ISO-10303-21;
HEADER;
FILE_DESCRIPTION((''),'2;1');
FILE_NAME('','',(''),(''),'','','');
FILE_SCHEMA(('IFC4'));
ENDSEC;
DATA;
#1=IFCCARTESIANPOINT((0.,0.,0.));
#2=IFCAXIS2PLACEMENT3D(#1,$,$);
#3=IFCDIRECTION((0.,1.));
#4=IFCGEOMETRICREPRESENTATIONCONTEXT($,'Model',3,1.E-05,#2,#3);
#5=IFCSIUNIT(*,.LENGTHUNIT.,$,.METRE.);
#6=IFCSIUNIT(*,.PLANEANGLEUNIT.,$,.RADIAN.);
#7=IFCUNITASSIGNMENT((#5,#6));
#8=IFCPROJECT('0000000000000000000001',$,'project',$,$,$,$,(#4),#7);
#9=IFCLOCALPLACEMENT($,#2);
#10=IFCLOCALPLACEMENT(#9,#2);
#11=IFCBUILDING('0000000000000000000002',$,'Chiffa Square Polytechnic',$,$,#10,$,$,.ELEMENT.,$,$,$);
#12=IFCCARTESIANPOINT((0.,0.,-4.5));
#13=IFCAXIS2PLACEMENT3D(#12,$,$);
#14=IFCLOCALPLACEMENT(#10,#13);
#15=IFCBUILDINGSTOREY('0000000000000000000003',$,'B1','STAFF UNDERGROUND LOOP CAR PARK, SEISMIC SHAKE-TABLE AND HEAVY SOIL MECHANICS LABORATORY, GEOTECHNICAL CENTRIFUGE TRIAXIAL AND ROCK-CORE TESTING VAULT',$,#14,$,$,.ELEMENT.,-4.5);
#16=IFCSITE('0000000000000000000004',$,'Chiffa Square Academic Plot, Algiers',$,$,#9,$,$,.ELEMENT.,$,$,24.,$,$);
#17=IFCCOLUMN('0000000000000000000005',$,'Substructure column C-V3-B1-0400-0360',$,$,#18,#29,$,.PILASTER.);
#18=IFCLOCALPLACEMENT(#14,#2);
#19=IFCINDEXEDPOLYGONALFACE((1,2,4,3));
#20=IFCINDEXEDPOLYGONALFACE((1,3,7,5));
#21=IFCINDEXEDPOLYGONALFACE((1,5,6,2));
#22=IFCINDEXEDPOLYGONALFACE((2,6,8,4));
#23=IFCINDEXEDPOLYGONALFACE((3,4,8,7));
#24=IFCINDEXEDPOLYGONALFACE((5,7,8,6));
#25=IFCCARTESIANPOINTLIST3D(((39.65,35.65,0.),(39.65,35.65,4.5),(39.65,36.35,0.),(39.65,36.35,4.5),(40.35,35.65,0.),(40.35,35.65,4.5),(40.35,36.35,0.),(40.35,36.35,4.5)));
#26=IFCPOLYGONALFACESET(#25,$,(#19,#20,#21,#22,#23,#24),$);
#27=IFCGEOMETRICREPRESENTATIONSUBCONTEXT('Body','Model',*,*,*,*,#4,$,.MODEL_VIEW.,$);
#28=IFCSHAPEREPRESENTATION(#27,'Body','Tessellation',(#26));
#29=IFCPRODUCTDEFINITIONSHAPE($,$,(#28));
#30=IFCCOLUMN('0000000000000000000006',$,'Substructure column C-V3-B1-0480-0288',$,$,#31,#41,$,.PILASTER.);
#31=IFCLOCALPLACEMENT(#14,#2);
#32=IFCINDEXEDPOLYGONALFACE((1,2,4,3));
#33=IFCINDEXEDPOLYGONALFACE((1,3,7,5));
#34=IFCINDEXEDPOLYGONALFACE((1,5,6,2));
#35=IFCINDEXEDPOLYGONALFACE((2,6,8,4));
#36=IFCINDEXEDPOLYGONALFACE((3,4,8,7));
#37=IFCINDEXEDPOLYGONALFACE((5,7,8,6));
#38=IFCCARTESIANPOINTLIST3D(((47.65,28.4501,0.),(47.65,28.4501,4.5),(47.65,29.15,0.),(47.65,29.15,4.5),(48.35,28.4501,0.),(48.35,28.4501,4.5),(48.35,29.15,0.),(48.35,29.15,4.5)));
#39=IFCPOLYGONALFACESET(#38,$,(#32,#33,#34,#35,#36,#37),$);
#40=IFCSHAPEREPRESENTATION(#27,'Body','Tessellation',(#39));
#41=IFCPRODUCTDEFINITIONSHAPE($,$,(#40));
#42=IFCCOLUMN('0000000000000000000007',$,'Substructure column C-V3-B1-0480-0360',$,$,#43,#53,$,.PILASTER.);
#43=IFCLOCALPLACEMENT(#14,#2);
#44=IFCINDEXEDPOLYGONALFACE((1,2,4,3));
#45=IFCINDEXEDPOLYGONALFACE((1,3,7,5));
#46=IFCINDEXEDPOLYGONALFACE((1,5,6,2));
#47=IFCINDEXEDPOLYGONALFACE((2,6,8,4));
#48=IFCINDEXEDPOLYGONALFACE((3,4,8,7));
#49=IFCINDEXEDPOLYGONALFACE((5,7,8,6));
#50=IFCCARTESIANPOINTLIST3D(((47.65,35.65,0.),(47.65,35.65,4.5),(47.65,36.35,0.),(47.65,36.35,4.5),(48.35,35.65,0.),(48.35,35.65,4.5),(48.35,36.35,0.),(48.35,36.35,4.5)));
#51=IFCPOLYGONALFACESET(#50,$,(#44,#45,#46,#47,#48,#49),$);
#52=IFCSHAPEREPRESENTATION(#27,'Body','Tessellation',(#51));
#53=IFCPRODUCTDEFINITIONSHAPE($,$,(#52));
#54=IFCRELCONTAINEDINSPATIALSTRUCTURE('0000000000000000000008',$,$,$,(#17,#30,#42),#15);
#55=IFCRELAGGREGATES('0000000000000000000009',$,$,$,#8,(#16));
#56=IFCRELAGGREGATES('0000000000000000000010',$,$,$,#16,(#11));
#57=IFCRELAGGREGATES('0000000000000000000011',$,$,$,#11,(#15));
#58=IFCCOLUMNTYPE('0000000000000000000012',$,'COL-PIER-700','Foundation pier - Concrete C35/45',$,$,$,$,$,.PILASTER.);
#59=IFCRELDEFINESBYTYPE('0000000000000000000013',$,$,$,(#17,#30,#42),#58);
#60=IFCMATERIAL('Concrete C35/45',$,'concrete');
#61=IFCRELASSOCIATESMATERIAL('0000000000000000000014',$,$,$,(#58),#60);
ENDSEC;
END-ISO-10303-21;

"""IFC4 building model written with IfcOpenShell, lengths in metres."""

from ifc_helpers import new_model, si_unit, direction, frame, origin, origin_2d, place, context, subcontext, project, spatial, rectangle, extrude, material, material_profile, profile_set, type_object, element, save


model = new_model("IFC4")

# Units and contexts
model_context = context("Model", 3, precision=1e-05, world=origin(), true_north=direction((0.0, 1.0)))
body_context = subcontext(model_context, "Body", "Model", "MODEL_VIEW")
ifc_project = project(units=[si_unit("LENGTHUNIT", "METRE"), si_unit("PLANEANGLEUNIT", "RADIAN")], contexts=[model_context])

# Site, building, storey
site_placement = place(None, origin())
site = spatial("IfcSite", under=ifc_project, at=site_placement, Name="Chiffa Square Academic Plot, Algiers", CompositionType="ELEMENT", RefElevation=24.0)
building_placement = place(site_placement, origin())
building = spatial("IfcBuilding", under=site, at=building_placement, Name="Chiffa Square Polytechnic", CompositionType="ELEMENT")
storey_placement = place(building_placement, frame((0.0, 0.0, -4.5)))
storey = spatial("IfcBuildingStorey", under=building, at=storey_placement, Name="B1", Description="STAFF UNDERGROUND LOOP CAR PARK, SEISMIC SHAKE-TABLE AND HEAVY SOIL MECHANICS LABORATORY, GEOTECHNICAL CENTRIFUGE TRIAXIAL AND ROCK-CORE TESTING VAULT", CompositionType="ELEMENT", Elevation=-4.5)

# Shared definitions
ifc_material = material(Name="Concrete C35/45", Category="concrete")

# Columns
ifc_material_profile_1 = material_profile(ifc_material, rectangle(XDim=0.7, YDim=0.7, at=origin_2d()), Name="RC 700x700")
ifc_profile_set_1 = profile_set([ifc_material_profile_1], Name="Concrete C35/45")
column_type_1 = type_object("IfcColumnType", Name="COL-PIER-700", Description="Foundation pier - Concrete C35/45", PredefinedType="PILASTER", material=ifc_profile_set_1)
for number, where, z_axis, x_axis, name in (
    (1, (40.0, 36.0, 0.0), (0.0, 0.0, 1.0), (1.0, 0.0, 0.0), "Substructure column C-V3-B1-0400-0360"),
    (2, (48.0, 28.8, 0.0), (0.0, 0.0, 1.0), (1.0, 0.0, 0.0), "Substructure column C-V3-B1-0480-0288"),
    (3, (48.0, 36.0, 0.0), (0.0, 0.0, 1.0), (1.0, 0.0, 0.0), "Substructure column C-V3-B1-0480-0360"),
):
    element("IfcColumn", number, at=place(storey_placement, frame(where, z_axis=z_axis, x_axis=x_axis)), inside=storey, type_object=column_type_1, Name=name, PredefinedType="PILASTER", context=body_context, shape_type="SweptSolid", body=[
        extrude(rectangle(XDim=0.7, YDim=0.7, at=origin_2d()), origin(), (0.0, 0.0, 1.0), 4.5),
    ])

save(model, "model.ifc")
